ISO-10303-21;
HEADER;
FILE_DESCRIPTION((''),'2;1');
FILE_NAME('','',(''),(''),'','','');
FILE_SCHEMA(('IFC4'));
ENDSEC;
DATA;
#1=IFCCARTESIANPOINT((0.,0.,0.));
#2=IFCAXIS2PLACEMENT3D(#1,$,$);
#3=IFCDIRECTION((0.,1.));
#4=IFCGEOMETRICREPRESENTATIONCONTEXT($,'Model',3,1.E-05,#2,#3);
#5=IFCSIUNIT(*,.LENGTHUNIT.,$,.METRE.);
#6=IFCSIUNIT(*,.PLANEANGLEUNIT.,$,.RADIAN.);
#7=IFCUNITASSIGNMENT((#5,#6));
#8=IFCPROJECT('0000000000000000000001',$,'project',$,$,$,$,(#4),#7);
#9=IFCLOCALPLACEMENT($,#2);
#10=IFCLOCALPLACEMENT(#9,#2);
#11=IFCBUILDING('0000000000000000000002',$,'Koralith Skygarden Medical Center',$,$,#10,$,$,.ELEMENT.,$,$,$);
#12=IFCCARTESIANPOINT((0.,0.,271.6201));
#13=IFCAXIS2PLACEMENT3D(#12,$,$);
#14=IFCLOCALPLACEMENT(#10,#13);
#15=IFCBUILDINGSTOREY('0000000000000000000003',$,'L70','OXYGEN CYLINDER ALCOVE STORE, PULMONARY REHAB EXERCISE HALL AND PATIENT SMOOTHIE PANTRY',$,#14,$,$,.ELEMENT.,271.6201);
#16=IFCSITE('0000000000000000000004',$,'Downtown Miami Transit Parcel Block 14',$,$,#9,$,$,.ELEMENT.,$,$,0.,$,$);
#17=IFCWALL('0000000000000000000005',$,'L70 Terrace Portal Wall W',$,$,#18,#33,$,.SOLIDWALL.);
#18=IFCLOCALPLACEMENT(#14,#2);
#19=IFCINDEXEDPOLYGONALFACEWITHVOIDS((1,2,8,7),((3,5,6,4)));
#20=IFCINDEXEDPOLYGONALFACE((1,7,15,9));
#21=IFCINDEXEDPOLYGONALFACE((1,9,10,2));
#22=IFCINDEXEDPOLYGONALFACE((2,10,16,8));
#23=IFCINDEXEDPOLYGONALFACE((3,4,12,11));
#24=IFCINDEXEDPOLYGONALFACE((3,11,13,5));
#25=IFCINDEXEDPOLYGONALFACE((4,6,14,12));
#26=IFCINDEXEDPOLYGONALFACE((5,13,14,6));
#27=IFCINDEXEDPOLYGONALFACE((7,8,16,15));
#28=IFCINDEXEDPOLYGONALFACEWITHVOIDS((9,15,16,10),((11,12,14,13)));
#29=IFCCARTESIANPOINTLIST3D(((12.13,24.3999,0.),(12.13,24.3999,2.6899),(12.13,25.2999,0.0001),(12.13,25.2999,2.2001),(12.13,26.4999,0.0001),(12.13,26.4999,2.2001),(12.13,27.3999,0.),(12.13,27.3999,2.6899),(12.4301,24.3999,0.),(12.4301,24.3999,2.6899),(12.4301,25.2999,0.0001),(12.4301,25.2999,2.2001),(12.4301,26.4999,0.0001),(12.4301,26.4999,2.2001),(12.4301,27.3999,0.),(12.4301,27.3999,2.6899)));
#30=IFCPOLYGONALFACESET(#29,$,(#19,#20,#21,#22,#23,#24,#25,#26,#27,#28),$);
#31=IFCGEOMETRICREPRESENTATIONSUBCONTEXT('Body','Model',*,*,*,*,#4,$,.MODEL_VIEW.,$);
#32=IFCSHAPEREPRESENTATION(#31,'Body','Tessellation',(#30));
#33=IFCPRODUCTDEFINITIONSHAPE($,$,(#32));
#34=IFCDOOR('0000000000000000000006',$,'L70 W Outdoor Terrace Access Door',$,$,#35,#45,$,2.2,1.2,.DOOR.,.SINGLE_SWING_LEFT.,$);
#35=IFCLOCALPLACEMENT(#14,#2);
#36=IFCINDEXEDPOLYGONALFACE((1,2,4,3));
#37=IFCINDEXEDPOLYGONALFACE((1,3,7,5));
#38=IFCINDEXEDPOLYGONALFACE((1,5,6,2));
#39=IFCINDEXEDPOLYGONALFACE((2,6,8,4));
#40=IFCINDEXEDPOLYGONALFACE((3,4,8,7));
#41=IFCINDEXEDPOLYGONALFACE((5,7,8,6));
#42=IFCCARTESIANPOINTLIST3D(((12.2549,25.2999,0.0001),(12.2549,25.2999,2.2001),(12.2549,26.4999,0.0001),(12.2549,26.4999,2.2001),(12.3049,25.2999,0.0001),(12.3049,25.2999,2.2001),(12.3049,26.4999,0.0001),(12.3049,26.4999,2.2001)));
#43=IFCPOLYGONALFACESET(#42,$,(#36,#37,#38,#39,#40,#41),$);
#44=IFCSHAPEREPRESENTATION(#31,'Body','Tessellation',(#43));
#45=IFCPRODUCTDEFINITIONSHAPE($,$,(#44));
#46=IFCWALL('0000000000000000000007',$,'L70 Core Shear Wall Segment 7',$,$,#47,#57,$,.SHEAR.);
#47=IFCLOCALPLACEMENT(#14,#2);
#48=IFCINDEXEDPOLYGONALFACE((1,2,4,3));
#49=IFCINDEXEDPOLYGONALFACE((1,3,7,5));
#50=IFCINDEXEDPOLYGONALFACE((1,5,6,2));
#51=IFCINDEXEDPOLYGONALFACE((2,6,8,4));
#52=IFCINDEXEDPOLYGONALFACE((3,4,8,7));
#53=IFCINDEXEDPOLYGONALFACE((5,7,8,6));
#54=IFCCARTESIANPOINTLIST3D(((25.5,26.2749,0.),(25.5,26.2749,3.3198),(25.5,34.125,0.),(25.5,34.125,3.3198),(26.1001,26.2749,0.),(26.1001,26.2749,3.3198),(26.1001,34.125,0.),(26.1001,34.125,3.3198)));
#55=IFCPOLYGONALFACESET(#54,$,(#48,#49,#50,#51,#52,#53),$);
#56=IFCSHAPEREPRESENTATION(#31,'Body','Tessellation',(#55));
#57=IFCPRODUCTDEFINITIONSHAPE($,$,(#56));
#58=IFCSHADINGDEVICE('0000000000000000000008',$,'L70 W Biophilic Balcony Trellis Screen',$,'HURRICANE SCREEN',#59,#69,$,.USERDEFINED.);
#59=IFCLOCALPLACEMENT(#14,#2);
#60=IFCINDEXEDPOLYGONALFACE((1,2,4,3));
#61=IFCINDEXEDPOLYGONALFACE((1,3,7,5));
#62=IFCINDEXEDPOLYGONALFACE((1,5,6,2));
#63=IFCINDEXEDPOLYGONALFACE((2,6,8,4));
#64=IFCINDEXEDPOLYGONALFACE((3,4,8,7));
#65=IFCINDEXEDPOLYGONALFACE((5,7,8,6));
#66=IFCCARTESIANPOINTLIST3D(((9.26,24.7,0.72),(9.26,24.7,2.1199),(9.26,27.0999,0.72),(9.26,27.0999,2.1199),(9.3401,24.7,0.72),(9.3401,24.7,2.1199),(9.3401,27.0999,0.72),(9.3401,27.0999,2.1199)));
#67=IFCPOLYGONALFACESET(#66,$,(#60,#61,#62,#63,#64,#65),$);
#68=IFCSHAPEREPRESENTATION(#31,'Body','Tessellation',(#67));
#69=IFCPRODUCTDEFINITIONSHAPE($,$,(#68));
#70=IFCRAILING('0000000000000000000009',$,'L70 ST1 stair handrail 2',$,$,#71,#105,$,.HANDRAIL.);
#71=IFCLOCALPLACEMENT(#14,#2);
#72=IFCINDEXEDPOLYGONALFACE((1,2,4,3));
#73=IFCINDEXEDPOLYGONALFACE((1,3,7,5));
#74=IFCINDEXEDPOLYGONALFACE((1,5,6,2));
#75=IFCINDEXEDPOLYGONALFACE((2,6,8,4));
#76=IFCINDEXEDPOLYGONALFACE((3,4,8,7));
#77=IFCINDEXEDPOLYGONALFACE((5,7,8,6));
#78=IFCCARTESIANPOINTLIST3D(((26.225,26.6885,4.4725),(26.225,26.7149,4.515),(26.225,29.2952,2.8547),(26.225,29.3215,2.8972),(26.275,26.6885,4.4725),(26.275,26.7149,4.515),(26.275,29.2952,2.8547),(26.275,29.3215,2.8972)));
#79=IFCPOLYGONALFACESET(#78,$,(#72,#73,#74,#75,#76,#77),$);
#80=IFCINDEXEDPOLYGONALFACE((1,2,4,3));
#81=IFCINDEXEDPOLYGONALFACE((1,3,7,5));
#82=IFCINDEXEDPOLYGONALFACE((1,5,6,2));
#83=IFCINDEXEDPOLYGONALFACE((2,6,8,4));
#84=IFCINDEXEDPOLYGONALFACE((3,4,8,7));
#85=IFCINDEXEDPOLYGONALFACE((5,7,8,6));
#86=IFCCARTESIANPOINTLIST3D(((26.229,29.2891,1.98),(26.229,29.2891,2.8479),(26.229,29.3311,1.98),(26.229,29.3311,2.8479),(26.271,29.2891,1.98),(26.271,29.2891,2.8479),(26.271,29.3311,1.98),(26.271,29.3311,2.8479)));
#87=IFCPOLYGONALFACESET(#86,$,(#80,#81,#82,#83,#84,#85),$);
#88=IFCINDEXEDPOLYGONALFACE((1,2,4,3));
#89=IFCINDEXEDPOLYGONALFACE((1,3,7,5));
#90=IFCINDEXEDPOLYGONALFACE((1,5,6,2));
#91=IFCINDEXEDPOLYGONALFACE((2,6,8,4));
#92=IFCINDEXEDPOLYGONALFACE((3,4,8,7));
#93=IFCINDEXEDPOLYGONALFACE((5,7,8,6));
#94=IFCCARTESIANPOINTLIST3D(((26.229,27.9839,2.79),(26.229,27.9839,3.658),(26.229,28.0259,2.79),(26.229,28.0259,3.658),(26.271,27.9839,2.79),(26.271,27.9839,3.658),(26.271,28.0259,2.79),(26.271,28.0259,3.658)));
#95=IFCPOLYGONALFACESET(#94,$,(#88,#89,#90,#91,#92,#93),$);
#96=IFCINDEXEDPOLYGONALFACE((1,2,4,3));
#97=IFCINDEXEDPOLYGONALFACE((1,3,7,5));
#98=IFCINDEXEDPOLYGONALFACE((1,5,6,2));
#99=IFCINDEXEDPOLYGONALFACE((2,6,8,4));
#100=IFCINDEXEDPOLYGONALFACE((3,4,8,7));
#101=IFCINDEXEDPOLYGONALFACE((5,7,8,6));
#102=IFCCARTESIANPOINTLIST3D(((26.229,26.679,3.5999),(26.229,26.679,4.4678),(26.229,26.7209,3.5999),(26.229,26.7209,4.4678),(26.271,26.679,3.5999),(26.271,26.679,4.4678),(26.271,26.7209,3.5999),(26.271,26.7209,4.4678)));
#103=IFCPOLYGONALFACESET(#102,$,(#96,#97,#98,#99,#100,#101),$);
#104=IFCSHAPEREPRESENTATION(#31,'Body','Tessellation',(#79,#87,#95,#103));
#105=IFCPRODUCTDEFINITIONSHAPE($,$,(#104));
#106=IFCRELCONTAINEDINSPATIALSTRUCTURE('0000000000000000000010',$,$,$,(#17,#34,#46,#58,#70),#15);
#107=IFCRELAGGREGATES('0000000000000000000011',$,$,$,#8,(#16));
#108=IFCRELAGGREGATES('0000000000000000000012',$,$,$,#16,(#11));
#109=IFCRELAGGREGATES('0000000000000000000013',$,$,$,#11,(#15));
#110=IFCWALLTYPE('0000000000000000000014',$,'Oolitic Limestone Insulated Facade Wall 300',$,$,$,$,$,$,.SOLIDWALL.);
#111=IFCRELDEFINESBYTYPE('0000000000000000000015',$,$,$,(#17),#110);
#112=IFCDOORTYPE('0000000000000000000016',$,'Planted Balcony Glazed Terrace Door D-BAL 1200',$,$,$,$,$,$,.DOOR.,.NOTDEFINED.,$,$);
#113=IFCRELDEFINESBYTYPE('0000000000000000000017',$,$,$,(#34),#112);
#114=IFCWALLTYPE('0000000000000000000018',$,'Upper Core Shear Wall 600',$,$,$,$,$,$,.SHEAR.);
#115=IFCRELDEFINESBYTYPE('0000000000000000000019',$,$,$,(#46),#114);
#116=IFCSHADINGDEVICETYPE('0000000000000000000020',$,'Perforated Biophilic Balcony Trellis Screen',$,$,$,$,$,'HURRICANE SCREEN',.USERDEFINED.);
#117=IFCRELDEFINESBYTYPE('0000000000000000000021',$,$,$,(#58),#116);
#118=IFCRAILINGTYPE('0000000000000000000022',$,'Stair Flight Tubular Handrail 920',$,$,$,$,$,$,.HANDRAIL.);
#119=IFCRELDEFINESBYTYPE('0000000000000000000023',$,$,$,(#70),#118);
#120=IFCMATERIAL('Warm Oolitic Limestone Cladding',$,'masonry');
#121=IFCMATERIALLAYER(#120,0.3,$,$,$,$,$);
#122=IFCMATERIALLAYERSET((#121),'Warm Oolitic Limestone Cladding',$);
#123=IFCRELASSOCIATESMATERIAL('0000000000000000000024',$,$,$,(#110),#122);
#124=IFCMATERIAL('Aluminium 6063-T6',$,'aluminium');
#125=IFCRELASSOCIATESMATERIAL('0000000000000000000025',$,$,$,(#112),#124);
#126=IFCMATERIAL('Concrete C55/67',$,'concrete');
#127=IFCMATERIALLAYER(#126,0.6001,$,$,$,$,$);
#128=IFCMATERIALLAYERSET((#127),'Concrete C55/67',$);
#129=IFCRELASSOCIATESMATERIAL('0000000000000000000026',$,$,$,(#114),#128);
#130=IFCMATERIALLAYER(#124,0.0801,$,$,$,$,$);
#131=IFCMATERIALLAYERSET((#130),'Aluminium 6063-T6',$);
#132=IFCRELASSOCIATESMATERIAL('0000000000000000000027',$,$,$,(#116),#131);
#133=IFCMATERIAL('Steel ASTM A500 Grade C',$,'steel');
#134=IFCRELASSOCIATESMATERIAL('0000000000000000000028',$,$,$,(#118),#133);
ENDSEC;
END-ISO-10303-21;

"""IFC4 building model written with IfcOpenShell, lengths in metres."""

from ifc_helpers import new_model, si_unit, direction, frame, frame_2d, origin, origin_2d, place, context, subcontext, project, spatial, rectangle, extrude, material, layer, layer_set, type_object, element, fill, save


model = new_model("IFC4")

# Units and contexts
model_context = context("Model", 3, precision=1e-05, world=origin(), true_north=direction((0.0, 1.0)))
body_context = subcontext(model_context, "Body", "Model", "MODEL_VIEW")
ifc_project = project(units=[si_unit("LENGTHUNIT", "METRE"), si_unit("PLANEANGLEUNIT", "RADIAN")], contexts=[model_context])

# Site, building, storey
site_placement = place(None, origin())
site = spatial("IfcSite", under=ifc_project, at=site_placement, Name="Downtown Miami Transit Parcel Block 14", CompositionType="ELEMENT", RefElevation=0.0)
building_placement = place(site_placement, origin())
building = spatial("IfcBuilding", under=site, at=building_placement, Name="Koralith Skygarden Medical Center", CompositionType="ELEMENT")
storey_placement = place(building_placement, frame((0.0, 0.0, 271.6201)))
storey = spatial("IfcBuildingStorey", under=building, at=storey_placement, Name="L70", Description="OXYGEN CYLINDER ALCOVE STORE, PULMONARY REHAB EXERCISE HALL AND PATIENT SMOOTHIE PANTRY", CompositionType="ELEMENT", Elevation=271.6201)

# Shared definitions
ifc_material_1 = material(Name="Concrete C55/67", Category="concrete")

# Shared definitions
ifc_material_2 = material(Name="Aluminium 6063-T6", Category="aluminium")

# Wall, opening, door
ifc_material_3 = material(Name="Warm Oolitic Limestone Cladding", Category="masonry")
ifc_layer_1 = layer(ifc_material_3, 0.3)
ifc_layer_set_1 = layer_set([ifc_layer_1], Name="Warm Oolitic Limestone Cladding")
wall_type_1 = type_object("IfcWallType", Name="Oolitic Limestone Insulated Facade Wall 300", PredefinedType="SOLIDWALL", material=ifc_layer_set_1)
wall_1_placement = place(storey_placement, frame((12.28, 27.3999, 0.0), z_axis=(0.0, 0.0, 1.0), x_axis=(0.0, -1.0, 0.0)))
wall_1 = element("IfcWall", 1, at=wall_1_placement, inside=storey, type_object=wall_type_1, Name="L70 Terrace Portal Wall W", PredefinedType="SOLIDWALL", context=body_context, shape_type="SweptSolid", body=[
    extrude(rectangle(XDim=3.0, YDim=0.3, at=frame_2d((1.5, 0.0))), origin(), (0.0, 0.0, 1.0), 2.6899),
])
opening_1_placement = place(wall_1_placement, frame((0.8999, 0.0, 0.0)))
opening_1 = element("IfcOpeningElement", 2, at=opening_1_placement, cuts=wall_1, PredefinedType="OPENING", context=body_context, shape_type="SweptSolid", body=[
    extrude(rectangle(XDim=1.2, YDim=2.2, at=frame_2d((0.6001, 1.1001))), frame((0.0, 0.1599, 0.0), z_axis=(0.0, -1.0, 0.0), x_axis=(1.0, 0.0, 0.0)), (0.0, 0.0, 1.0), 0.3201),
])
door_type_1 = type_object("IfcDoorType", Name="Planted Balcony Glazed Terrace Door D-BAL 1200", OperationType="NOTDEFINED", PredefinedType="DOOR", material=ifc_material_2)
door_1_placement = place(opening_1_placement, origin())
door_1 = element("IfcDoor", 3, at=door_1_placement, inside=storey, type_object=door_type_1, Name="L70 W Outdoor Terrace Access Door", OperationType="SINGLE_SWING_LEFT", OverallHeight=2.2, OverallWidth=1.2, PredefinedType="DOOR", context=body_context, shape_type="SweptSolid", body=[
    extrude(rectangle(XDim=1.2, YDim=2.2, at=frame_2d((0.6001, 1.1001))), frame((0.0, 0.0249, 0.0), z_axis=(0.0, -1.0, 0.0), x_axis=(1.0, 0.0, 0.0)), (0.0, 0.0, 1.0), 0.05),
])
fill(opening_1, door_1)

# Wall
ifc_layer_2 = layer(ifc_material_1, 0.6001)
ifc_layer_set_2 = layer_set([ifc_layer_2], Name="Concrete C55/67")
wall_type_2 = type_object("IfcWallType", Name="Upper Core Shear Wall 600", PredefinedType="SHEAR", material=ifc_layer_set_2)
wall_2_placement = place(storey_placement, frame((25.8, 34.125, 0.0), z_axis=(0.0, 0.0, 1.0), x_axis=(0.0, -1.0, 0.0)))
element("IfcWall", 4, at=wall_2_placement, inside=storey, type_object=wall_type_2, Name="L70 Core Shear Wall Segment 7", PredefinedType="SHEAR", context=body_context, shape_type="SweptSolid", body=[
    extrude(rectangle(XDim=7.8501, YDim=0.6001, at=frame_2d((3.925, 0.0))), origin(), (0.0, 0.0, 1.0), 3.3198),
])

# Shared definitions
ifc_material_4 = material(Name="Steel ASTM A500 Grade C", Category="steel")

# Shading device
ifc_layer_3 = layer(ifc_material_2, 0.0801)
ifc_layer_set_3 = layer_set([ifc_layer_3], Name="Aluminium 6063-T6")
shading_device_type = type_object("IfcShadingDeviceType", Name="Perforated Biophilic Balcony Trellis Screen", ElementType="HURRICANE SCREEN", PredefinedType="USERDEFINED", material=ifc_layer_set_3)
shading_device_placement = place(storey_placement, frame((9.3, 25.8999, 0.72), z_axis=(0.0, 0.0, 1.0), x_axis=(0.0, 1.0, 0.0)))
element("IfcShadingDevice", 5, at=shading_device_placement, inside=storey, type_object=shading_device_type, Name="L70 W Biophilic Balcony Trellis Screen", ObjectType="HURRICANE SCREEN", PredefinedType="USERDEFINED", context=body_context, shape_type="SweptSolid", body=[
    extrude(rectangle(XDim=2.3999, YDim=0.0801, at=origin_2d()), origin(), (0.0, 0.0, 1.0), 1.3999),
])

# Railing
railing_type = type_object("IfcRailingType", Name="Stair Flight Tubular Handrail 920", PredefinedType="HANDRAIL", material=ifc_material_4)
railing_placement = place(storey_placement, frame((26.25, 29.3101, 1.98)))
element("IfcRailing", 6, at=railing_placement, inside=storey, type_object=railing_type, Name="L70 ST1 stair handrail 2", PredefinedType="HANDRAIL", context=body_context, shape_type="SweptSolid", body=[
    extrude(rectangle(XDim=0.05, YDim=0.05, at=origin_2d()), frame((0.0, -0.0017, 0.896), z_axis=(0.0, -0.849668, 0.527317), x_axis=(1.0, 0.0, 0.0)), (0.0, 0.0, 1.0), 3.0679),
    extrude(rectangle(XDim=0.042, YDim=0.042, at=origin_2d()), origin(), (0.0, 0.0, 1.0), 0.8679),
    extrude(rectangle(XDim=0.042, YDim=0.042, at=origin_2d()), frame((0.0, -1.3052, 0.8101)), (0.0, 0.0, 1.0), 0.8679),
    extrude(rectangle(XDim=0.042, YDim=0.042, at=origin_2d()), frame((0.0, -2.6101, 1.6199)), (0.0, 0.0, 1.0), 0.8679),
])

save(model, "model.ifc")
